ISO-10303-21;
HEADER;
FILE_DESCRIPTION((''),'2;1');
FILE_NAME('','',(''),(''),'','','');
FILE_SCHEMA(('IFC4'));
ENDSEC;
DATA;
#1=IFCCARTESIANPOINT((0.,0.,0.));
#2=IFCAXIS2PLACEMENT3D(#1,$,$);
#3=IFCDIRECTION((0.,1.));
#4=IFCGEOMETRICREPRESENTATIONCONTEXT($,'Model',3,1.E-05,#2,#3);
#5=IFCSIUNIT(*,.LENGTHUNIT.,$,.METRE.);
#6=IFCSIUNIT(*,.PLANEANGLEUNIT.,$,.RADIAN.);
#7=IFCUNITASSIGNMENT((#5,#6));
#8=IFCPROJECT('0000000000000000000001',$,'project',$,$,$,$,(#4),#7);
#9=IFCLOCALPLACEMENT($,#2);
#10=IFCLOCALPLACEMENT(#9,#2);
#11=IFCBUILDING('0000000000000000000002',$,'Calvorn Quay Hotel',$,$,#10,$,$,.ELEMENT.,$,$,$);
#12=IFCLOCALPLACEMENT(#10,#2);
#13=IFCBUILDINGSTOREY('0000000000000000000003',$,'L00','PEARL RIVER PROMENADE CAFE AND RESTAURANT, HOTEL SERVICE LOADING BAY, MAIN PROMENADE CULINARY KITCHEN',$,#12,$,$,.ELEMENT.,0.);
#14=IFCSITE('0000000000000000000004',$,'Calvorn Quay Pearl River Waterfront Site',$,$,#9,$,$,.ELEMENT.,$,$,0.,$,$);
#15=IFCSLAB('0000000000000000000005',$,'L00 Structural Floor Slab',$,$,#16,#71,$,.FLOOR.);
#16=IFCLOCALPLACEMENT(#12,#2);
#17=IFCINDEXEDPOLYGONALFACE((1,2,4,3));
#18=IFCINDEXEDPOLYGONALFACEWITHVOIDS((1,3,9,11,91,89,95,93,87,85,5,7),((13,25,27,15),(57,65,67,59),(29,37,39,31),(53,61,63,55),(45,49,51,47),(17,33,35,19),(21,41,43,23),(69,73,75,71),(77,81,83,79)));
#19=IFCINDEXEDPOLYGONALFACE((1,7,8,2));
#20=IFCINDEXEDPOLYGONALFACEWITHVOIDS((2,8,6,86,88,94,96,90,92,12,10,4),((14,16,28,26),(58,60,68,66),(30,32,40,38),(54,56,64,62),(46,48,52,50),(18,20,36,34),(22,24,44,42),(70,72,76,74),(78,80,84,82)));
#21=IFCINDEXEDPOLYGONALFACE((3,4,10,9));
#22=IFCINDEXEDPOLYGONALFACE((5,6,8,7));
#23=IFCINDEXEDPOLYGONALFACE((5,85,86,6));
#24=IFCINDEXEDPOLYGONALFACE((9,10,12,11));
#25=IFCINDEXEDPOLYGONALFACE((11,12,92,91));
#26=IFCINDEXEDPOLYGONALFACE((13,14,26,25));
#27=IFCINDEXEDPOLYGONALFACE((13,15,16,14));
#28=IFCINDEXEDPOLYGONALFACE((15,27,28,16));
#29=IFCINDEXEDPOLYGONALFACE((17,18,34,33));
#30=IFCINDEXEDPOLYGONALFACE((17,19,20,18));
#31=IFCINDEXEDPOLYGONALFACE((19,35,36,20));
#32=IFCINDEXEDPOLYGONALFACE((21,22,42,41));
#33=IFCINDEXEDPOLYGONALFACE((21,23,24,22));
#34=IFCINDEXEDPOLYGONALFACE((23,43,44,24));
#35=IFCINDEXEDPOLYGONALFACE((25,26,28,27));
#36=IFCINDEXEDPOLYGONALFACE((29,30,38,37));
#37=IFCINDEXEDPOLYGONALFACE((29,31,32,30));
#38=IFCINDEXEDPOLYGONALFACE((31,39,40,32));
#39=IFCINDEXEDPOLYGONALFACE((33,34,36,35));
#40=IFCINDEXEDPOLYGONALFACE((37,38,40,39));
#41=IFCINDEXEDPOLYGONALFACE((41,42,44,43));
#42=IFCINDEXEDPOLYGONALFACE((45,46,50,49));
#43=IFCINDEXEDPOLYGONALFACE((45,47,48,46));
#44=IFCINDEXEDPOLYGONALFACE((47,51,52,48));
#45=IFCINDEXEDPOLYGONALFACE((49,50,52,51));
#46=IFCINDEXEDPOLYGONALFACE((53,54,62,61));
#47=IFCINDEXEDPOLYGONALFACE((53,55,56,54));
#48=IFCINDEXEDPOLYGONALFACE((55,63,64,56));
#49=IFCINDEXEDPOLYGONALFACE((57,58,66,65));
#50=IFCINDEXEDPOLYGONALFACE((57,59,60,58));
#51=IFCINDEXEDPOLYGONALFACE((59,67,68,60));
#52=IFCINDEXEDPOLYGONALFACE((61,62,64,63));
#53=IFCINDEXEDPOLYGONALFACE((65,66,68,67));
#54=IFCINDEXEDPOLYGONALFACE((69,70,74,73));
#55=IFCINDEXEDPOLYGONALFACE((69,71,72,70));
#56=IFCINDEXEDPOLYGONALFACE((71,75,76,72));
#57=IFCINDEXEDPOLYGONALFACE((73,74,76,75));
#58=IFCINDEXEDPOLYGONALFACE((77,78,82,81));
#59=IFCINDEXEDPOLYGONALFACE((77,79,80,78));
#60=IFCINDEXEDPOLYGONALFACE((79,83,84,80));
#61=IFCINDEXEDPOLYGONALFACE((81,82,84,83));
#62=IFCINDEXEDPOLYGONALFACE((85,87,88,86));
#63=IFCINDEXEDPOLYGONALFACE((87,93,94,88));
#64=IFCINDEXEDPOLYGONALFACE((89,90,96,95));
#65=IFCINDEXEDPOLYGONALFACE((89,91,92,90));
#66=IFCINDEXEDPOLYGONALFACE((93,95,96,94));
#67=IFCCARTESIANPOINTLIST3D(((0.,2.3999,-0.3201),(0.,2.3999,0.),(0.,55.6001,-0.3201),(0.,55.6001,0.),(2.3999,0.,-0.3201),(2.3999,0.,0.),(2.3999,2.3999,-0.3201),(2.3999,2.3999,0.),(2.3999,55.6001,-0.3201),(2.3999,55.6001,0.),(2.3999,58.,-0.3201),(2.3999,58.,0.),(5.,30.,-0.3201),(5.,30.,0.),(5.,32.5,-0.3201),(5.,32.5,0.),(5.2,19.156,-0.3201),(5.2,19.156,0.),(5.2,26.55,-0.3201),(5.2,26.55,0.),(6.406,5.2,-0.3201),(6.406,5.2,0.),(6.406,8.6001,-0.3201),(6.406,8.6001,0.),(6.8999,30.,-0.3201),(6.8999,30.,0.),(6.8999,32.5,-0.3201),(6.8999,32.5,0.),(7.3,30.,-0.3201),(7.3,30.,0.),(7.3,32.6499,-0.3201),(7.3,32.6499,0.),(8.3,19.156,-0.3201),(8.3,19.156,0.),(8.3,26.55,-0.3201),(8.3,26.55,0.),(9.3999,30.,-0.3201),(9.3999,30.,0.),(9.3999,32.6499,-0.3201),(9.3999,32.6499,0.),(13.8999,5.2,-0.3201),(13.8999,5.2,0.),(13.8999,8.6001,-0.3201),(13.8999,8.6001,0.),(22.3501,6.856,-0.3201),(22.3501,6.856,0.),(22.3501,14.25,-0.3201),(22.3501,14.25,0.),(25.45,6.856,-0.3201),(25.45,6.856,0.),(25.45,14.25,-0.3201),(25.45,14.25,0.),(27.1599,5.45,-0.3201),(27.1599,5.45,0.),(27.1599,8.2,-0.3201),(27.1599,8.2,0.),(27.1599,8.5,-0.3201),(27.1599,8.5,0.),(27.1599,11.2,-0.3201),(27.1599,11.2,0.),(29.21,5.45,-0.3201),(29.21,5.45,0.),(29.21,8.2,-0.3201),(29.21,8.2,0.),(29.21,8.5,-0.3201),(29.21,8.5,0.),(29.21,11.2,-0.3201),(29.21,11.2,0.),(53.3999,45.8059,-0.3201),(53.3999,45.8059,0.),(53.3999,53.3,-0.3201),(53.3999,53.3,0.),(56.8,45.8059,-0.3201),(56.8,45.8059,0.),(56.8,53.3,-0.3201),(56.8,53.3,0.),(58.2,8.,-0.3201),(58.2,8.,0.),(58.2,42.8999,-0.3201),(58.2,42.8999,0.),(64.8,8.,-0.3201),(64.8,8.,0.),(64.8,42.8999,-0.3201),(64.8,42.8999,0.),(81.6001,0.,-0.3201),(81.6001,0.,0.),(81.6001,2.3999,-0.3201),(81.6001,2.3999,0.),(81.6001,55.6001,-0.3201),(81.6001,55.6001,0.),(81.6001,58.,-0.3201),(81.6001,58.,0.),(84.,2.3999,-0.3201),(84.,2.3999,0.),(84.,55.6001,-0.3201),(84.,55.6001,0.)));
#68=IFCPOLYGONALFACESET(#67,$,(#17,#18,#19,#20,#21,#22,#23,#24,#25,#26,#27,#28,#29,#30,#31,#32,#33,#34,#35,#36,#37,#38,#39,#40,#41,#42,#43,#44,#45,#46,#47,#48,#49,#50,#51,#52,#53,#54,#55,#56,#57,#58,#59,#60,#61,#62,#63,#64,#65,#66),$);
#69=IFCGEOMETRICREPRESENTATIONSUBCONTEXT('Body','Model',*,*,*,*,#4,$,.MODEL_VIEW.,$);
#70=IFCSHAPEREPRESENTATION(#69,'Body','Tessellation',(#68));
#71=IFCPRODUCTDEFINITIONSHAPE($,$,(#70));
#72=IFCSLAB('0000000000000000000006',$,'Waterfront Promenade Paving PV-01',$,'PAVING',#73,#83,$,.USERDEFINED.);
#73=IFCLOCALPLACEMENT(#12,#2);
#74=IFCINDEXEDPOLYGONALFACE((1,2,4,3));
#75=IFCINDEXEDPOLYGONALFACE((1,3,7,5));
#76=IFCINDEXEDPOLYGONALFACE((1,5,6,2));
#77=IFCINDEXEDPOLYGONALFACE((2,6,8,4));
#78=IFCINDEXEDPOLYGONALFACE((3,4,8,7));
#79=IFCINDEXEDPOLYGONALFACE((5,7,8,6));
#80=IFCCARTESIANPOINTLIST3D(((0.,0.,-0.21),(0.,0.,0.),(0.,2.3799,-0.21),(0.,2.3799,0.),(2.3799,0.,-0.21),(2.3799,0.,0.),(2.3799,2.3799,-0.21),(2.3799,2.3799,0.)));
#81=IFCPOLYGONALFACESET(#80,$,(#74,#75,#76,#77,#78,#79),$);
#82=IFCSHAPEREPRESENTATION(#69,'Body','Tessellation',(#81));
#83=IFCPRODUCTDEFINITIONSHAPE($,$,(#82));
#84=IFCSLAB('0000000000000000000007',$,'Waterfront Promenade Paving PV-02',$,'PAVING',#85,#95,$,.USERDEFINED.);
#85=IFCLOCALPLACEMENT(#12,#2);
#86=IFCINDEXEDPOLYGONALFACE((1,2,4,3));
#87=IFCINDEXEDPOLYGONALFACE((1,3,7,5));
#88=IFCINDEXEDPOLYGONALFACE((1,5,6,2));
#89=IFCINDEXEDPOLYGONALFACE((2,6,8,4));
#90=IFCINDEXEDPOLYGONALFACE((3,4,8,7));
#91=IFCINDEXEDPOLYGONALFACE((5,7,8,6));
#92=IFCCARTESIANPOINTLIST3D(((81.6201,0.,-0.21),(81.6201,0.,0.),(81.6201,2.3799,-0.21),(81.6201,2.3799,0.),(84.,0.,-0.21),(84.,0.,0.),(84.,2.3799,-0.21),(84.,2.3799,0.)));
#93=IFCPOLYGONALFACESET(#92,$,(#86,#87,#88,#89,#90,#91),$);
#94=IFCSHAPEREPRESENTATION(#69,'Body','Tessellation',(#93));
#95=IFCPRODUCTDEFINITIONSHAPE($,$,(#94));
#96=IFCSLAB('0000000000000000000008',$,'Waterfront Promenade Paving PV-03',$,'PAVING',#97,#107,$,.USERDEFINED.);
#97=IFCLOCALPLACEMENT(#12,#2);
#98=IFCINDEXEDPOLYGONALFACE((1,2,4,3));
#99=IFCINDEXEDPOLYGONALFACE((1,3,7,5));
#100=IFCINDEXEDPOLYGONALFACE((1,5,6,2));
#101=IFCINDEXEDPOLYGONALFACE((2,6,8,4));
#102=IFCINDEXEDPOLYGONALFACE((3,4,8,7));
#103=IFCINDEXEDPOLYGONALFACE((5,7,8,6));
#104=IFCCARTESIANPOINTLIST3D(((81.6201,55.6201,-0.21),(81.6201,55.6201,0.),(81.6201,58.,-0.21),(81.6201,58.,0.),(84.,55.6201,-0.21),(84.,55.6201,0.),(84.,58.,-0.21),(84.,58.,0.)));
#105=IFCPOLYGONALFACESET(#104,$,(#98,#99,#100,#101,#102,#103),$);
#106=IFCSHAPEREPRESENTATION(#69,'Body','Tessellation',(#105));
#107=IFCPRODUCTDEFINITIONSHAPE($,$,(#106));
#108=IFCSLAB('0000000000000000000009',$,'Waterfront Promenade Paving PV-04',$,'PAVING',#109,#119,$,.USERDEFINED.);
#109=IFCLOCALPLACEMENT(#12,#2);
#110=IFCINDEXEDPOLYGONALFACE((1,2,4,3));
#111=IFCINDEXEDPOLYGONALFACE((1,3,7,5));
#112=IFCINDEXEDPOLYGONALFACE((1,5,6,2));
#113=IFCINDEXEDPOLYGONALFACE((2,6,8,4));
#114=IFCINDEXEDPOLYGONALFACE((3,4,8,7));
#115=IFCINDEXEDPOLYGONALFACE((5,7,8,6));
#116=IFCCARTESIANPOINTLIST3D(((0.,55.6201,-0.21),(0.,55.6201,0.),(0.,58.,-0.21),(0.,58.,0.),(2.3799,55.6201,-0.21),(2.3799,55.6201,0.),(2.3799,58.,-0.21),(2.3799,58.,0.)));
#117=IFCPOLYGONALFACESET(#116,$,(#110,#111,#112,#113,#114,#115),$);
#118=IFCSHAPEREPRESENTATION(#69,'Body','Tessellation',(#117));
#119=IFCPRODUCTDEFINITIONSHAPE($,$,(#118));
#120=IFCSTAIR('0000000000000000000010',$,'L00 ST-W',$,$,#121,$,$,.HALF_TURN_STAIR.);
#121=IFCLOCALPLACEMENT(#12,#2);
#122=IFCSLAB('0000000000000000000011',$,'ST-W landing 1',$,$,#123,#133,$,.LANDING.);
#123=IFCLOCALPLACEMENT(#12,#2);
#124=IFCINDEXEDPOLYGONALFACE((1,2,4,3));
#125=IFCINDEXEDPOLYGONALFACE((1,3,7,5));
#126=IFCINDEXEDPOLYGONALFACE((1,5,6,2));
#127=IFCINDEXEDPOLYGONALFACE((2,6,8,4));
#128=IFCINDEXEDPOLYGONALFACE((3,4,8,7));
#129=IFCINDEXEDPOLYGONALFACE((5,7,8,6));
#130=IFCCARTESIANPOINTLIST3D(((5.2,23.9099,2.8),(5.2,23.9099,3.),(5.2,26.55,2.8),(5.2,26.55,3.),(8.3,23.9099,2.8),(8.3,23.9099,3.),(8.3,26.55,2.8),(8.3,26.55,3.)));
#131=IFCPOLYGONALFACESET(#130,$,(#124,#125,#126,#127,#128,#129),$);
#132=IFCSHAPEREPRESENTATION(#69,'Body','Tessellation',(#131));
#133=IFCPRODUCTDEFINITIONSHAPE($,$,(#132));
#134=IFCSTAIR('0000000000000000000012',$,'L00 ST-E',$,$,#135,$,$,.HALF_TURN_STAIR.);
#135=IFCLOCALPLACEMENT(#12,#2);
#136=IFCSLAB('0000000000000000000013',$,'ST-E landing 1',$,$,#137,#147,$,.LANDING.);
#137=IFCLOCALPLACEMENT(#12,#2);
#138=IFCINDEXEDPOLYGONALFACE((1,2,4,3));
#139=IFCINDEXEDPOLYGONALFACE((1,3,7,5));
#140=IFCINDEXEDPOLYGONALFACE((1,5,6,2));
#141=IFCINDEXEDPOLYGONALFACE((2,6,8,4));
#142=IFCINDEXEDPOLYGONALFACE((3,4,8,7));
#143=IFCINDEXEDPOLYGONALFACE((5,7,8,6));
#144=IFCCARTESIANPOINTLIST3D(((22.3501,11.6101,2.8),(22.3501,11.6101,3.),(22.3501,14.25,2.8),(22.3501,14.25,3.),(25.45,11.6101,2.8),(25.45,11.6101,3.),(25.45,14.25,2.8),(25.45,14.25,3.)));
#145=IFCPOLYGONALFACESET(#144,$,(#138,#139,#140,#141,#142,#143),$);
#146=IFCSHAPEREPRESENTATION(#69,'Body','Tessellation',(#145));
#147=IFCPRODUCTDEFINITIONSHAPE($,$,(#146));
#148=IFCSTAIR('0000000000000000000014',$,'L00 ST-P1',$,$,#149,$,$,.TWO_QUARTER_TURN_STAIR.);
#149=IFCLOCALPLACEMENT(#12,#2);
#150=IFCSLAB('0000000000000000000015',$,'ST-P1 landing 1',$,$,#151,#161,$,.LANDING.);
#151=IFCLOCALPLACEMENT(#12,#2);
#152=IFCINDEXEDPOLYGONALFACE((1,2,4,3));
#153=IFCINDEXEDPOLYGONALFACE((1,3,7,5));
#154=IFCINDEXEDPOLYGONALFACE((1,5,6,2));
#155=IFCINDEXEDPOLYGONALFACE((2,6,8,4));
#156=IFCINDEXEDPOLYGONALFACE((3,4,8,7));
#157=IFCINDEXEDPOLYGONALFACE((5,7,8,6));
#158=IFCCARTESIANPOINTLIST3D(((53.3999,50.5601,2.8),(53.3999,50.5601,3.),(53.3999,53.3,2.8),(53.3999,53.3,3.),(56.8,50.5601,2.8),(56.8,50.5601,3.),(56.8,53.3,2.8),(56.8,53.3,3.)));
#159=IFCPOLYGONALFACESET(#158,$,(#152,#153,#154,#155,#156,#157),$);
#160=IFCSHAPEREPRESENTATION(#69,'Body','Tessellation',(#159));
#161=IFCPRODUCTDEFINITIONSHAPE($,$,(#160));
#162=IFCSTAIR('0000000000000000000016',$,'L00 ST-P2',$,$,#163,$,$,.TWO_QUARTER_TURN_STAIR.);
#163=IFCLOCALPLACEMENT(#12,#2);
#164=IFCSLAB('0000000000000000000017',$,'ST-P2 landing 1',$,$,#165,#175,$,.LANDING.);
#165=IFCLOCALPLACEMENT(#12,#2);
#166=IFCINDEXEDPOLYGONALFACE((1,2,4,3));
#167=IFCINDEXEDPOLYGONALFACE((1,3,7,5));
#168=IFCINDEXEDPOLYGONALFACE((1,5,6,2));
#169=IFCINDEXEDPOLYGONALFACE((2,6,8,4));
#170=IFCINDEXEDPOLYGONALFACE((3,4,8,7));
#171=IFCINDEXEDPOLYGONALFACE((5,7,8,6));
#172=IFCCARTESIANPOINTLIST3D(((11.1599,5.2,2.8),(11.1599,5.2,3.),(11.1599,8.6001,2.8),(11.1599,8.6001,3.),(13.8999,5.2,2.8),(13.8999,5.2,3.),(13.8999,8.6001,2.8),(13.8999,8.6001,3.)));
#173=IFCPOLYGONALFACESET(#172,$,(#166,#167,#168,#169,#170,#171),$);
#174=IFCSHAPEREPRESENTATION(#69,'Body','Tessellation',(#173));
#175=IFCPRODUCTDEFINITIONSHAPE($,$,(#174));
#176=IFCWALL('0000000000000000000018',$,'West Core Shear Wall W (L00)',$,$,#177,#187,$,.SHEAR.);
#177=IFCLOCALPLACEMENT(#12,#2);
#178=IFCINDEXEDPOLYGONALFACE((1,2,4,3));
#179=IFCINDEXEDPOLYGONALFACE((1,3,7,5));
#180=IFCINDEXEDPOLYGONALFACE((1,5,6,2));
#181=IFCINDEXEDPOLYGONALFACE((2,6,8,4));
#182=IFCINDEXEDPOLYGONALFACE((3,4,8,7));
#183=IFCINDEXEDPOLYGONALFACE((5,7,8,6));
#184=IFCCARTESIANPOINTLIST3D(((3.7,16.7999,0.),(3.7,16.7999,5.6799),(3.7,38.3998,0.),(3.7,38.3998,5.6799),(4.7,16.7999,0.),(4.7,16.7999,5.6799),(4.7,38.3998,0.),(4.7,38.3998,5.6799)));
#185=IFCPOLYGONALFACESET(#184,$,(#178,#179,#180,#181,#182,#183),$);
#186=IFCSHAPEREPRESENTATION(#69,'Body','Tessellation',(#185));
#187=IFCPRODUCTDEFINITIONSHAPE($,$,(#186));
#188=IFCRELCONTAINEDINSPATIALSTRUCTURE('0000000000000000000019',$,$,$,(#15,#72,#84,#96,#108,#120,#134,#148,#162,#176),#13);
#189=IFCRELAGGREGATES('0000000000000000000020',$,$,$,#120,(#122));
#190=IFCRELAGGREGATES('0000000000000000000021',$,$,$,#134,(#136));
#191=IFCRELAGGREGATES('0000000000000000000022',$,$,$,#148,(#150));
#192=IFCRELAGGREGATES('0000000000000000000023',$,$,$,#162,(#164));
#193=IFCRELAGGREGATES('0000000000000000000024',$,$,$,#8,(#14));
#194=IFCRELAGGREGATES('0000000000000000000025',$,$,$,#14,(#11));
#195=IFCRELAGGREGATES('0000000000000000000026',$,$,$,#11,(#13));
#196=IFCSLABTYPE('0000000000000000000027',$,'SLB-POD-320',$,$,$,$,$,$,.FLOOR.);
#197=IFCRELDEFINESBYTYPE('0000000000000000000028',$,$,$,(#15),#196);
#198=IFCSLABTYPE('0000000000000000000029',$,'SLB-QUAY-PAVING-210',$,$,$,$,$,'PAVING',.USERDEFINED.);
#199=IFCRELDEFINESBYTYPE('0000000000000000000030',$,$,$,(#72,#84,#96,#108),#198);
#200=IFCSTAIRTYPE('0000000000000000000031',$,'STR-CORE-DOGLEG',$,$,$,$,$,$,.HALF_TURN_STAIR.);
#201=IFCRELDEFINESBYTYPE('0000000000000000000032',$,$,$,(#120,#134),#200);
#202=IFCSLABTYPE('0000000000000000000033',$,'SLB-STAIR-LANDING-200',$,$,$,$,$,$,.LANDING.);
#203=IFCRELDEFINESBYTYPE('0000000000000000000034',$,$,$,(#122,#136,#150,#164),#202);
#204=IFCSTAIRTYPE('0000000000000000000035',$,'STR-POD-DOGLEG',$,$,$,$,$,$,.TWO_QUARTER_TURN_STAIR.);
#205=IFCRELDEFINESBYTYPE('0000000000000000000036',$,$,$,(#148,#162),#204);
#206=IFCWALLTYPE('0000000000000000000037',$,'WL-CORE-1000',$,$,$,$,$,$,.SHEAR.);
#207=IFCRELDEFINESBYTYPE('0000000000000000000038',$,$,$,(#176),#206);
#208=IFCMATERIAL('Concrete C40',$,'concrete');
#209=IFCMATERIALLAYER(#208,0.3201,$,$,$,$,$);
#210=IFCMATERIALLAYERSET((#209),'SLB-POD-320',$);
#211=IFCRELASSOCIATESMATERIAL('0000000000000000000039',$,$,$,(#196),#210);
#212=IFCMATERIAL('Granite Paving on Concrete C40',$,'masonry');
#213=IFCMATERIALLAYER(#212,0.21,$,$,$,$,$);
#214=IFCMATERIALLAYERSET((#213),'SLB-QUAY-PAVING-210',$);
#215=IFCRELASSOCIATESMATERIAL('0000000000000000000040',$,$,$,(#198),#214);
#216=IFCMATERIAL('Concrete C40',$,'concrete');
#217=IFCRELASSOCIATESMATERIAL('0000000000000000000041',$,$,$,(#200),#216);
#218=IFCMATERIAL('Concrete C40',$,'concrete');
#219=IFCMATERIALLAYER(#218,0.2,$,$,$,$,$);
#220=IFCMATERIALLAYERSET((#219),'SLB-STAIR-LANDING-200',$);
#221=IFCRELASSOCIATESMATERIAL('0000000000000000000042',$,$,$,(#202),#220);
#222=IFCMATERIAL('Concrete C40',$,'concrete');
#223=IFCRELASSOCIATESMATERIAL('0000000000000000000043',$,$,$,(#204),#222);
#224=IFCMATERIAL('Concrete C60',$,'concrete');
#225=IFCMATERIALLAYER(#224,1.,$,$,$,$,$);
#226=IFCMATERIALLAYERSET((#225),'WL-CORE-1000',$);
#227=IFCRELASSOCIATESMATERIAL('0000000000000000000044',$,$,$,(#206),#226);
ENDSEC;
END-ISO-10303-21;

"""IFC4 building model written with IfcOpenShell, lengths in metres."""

from ifc_helpers import new_model, si_unit, direction, frame, frame_2d, origin, place, context, subcontext, project, spatial, polyline, rectangle, outline, extrude, material, layer, layer_set, type_object, element, aggregate, save


model = new_model("IFC4")

# Units and contexts
model_context = context("Model", 3, precision=1e-05, world=origin(), true_north=direction((0.0, 1.0)))
body_context = subcontext(model_context, "Body", "Model", "MODEL_VIEW")
ifc_project = project(units=[si_unit("LENGTHUNIT", "METRE"), si_unit("PLANEANGLEUNIT", "RADIAN")], contexts=[model_context])

# Site, building, storey
site_placement = place(None, origin())
site = spatial("IfcSite", under=ifc_project, at=site_placement, Name="Calvorn Quay Pearl River Waterfront Site", CompositionType="ELEMENT", RefElevation=0.0)
building_placement = place(site_placement, origin())
building = spatial("IfcBuilding", under=site, at=building_placement, Name="Calvorn Quay Hotel", CompositionType="ELEMENT")
storey_placement = place(building_placement, origin())
storey = spatial("IfcBuildingStorey", under=building, at=storey_placement, Name="L00", Description="PEARL RIVER PROMENADE CAFE AND RESTAURANT, HOTEL SERVICE LOADING BAY, MAIN PROMENADE CULINARY KITCHEN", CompositionType="ELEMENT", Elevation=0.0)

# Slabs
ifc_material_1 = material(Name="Concrete C40", Category="concrete")
ifc_layer_1 = layer(ifc_material_1, 0.3201)
ifc_layer_set_1 = layer_set([ifc_layer_1], Name="SLB-POD-320")
slab_type_1 = type_object("IfcSlabType", Name="SLB-POD-320", PredefinedType="FLOOR", material=ifc_layer_set_1)
slab_1_placement = place(storey_placement, frame((0.0, 0.0, -0.3201)))
element("IfcSlab", 1, at=slab_1_placement, inside=storey, type_object=slab_type_1, Name="L00 Structural Floor Slab", PredefinedType="FLOOR", context=body_context, shape_type="SweptSolid", body=[
    extrude(outline(polyline([(0.0, 2.3999), (2.3999, 2.3999), (2.3999, 0.0), (81.6001, 0.0), (81.6001, 2.3999), (84.0, 2.3999), (84.0, 55.6001), (81.6001, 55.6001), (81.6001, 58.0), (2.3999, 58.0), (2.3999, 55.6001), (0.0, 55.6001), (0.0, 2.3999)]), holes=[polyline([(5.2, 19.156), (8.3, 19.156), (8.3, 26.55), (5.2, 26.55), (5.2, 19.156)]), polyline([(22.3501, 6.856), (25.45, 6.856), (25.45, 14.25), (22.3501, 14.25), (22.3501, 6.856)]), polyline([(53.3999, 45.8059), (56.8, 45.8059), (56.8, 53.3), (53.3999, 53.3), (53.3999, 45.8059)]), polyline([(6.406, 5.2), (13.8999, 5.2), (13.8999, 8.6001), (6.406, 8.6001), (6.406, 5.2)]), polyline([(5.0, 30.0), (6.8999, 30.0), (6.8999, 32.5), (5.0, 32.5), (5.0, 30.0)]), polyline([(7.3, 30.0), (9.3999, 30.0), (9.3999, 32.6499), (7.3, 32.6499), (7.3, 30.0)]), polyline([(27.1599, 8.5), (29.21, 8.5), (29.21, 11.2), (27.1599, 11.2), (27.1599, 8.5)]), polyline([(27.1599, 5.45), (29.21, 5.45), (29.21, 8.2), (27.1599, 8.2), (27.1599, 5.45)]), polyline([(58.2, 8.0), (64.8, 8.0), (64.8, 42.8999), (58.2, 42.8999), (58.2, 8.0)])]), origin(), (0.0, 0.0, 1.0), 0.3201),
])
ifc_material_2 = material(Name="Granite Paving on Concrete C40", Category="masonry")
ifc_layer_2 = layer(ifc_material_2, 0.21)
ifc_layer_set_2 = layer_set([ifc_layer_2], Name="SLB-QUAY-PAVING-210")
slab_type_2 = type_object("IfcSlabType", Name="SLB-QUAY-PAVING-210", ElementType="PAVING", PredefinedType="USERDEFINED", material=ifc_layer_set_2)
slab_2_placement = place(storey_placement, frame((0.0, 0.0, -0.21)))
element("IfcSlab", 2, at=slab_2_placement, inside=storey, type_object=slab_type_2, Name="Waterfront Promenade Paving PV-01", ObjectType="PAVING", PredefinedType="USERDEFINED", context=body_context, shape_type="SweptSolid", body=[
    extrude(outline(polyline([(0.0, 0.0), (2.3799, 0.0), (2.3799, 2.3799), (0.0, 2.3799), (0.0, 0.0)])), origin(), (0.0, 0.0, 1.0), 0.21),
])
slab_3_placement = place(storey_placement, frame((0.0, 0.0, -0.21)))
element("IfcSlab", 3, at=slab_3_placement, inside=storey, type_object=slab_type_2, Name="Waterfront Promenade Paving PV-02", ObjectType="PAVING", PredefinedType="USERDEFINED", context=body_context, shape_type="SweptSolid", body=[
    extrude(outline(polyline([(81.6201, 0.0), (84.0, 0.0), (84.0, 2.3799), (81.6201, 2.3799), (81.6201, 0.0)])), origin(), (0.0, 0.0, 1.0), 0.21),
])
slab_4_placement = place(storey_placement, frame((0.0, 0.0, -0.21)))
element("IfcSlab", 4, at=slab_4_placement, inside=storey, type_object=slab_type_2, Name="Waterfront Promenade Paving PV-03", ObjectType="PAVING", PredefinedType="USERDEFINED", context=body_context, shape_type="SweptSolid", body=[
    extrude(outline(polyline([(81.6201, 55.6201), (84.0, 55.6201), (84.0, 58.0), (81.6201, 58.0), (81.6201, 55.6201)])), origin(), (0.0, 0.0, 1.0), 0.21),
])
slab_5_placement = place(storey_placement, frame((0.0, 0.0, -0.21)))
element("IfcSlab", 5, at=slab_5_placement, inside=storey, type_object=slab_type_2, Name="Waterfront Promenade Paving PV-04", ObjectType="PAVING", PredefinedType="USERDEFINED", context=body_context, shape_type="SweptSolid", body=[
    extrude(outline(polyline([(0.0, 55.6201), (2.3799, 55.6201), (2.3799, 58.0), (0.0, 58.0), (0.0, 55.6201)])), origin(), (0.0, 0.0, 1.0), 0.21),
])

# Stairs, slabs
ifc_material_3 = material(Name="Concrete C40", Category="concrete")
stair_type_1 = type_object("IfcStairType", Name="STR-CORE-DOGLEG", PredefinedType="HALF_TURN_STAIR", material=ifc_material_3)
stair_1_placement = place(storey_placement, origin())
stair_1 = element("IfcStair", 6, at=stair_1_placement, inside=storey, type_object=stair_type_1, Name="L00 ST-W", PredefinedType="HALF_TURN_STAIR")
ifc_material_4 = material(Name="Concrete C40", Category="concrete")
ifc_layer_3 = layer(ifc_material_4, 0.2)
ifc_layer_set_3 = layer_set([ifc_layer_3], Name="SLB-STAIR-LANDING-200")
slab_type_3 = type_object("IfcSlabType", Name="SLB-STAIR-LANDING-200", PredefinedType="LANDING", material=ifc_layer_set_3)
slab_6_placement = place(storey_placement, frame((0.0, 0.0, 2.8)))
slab_6 = element("IfcSlab", 7, at=slab_6_placement, type_object=slab_type_3, Name="ST-W landing 1", PredefinedType="LANDING", context=body_context, shape_type="SweptSolid", body=[
    extrude(outline(polyline([(8.3, 23.9099), (8.3, 26.55), (5.2, 26.55), (5.2, 23.9099), (8.3, 23.9099)])), origin(), (0.0, 0.0, 1.0), 0.2),
])
aggregate(stair_1, [slab_6])
stair_2_placement = place(storey_placement, origin())
stair_2 = element("IfcStair", 8, at=stair_2_placement, inside=storey, type_object=stair_type_1, Name="L00 ST-E", PredefinedType="HALF_TURN_STAIR")
slab_7_placement = place(storey_placement, frame((0.0, 0.0, 2.8)))
slab_7 = element("IfcSlab", 9, at=slab_7_placement, type_object=slab_type_3, Name="ST-E landing 1", PredefinedType="LANDING", context=body_context, shape_type="SweptSolid", body=[
    extrude(outline(polyline([(25.45, 11.6101), (25.45, 14.25), (22.3501, 14.25), (22.3501, 11.6101), (25.45, 11.6101)])), origin(), (0.0, 0.0, 1.0), 0.2),
])
aggregate(stair_2, [slab_7])
ifc_material_5 = material(Name="Concrete C40", Category="concrete")
stair_type_2 = type_object("IfcStairType", Name="STR-POD-DOGLEG", PredefinedType="TWO_QUARTER_TURN_STAIR", material=ifc_material_5)
stair_3_placement = place(storey_placement, origin())
stair_3 = element("IfcStair", 10, at=stair_3_placement, inside=storey, type_object=stair_type_2, Name="L00 ST-P1", PredefinedType="TWO_QUARTER_TURN_STAIR")
slab_8_placement = place(storey_placement, frame((0.0, 0.0, 2.8)))
slab_8 = element("IfcSlab", 11, at=slab_8_placement, type_object=slab_type_3, Name="ST-P1 landing 1", PredefinedType="LANDING", context=body_context, shape_type="SweptSolid", body=[
    extrude(outline(polyline([(56.8, 50.5601), (56.8, 53.3), (53.3999, 53.3), (53.3999, 50.5601), (56.8, 50.5601)])), origin(), (0.0, 0.0, 1.0), 0.2),
])
aggregate(stair_3, [slab_8])
stair_4_placement = place(storey_placement, origin())
stair_4 = element("IfcStair", 12, at=stair_4_placement, inside=storey, type_object=stair_type_2, Name="L00 ST-P2", PredefinedType="TWO_QUARTER_TURN_STAIR")
slab_9_placement = place(storey_placement, frame((0.0, 0.0, 2.8)))
slab_9 = element("IfcSlab", 13, at=slab_9_placement, type_object=slab_type_3, Name="ST-P2 landing 1", PredefinedType="LANDING", context=body_context, shape_type="SweptSolid", body=[
    extrude(outline(polyline([(11.1599, 5.2), (13.8999, 5.2), (13.8999, 8.6001), (11.1599, 8.6001), (11.1599, 5.2)])), origin(), (0.0, 0.0, 1.0), 0.2),
])

# Wall
ifc_material_6 = material(Name="Concrete C60", Category="concrete")
ifc_layer_4 = layer(ifc_material_6, 1.0)
ifc_layer_set_4 = layer_set([ifc_layer_4], Name="WL-CORE-1000")
wall_type_1 = type_object("IfcWallType", Name="WL-CORE-1000", PredefinedType="SHEAR", material=ifc_layer_set_4)
wall_1_placement = place(storey_placement, frame((4.2, 16.8, 0.0), z_axis=(0.0, 0.0, 1.0), x_axis=(0.0, 1.0, 0.0)))
element("IfcWall", 14, at=wall_1_placement, inside=storey, type_object=wall_type_1, Name="West Core Shear Wall W (L00)", PredefinedType="SHEAR", context=body_context, shape_type="SweptSolid", body=[
    extrude(rectangle(XDim=21.5999, YDim=1.0, at=frame_2d((10.7998, 0.0))), origin(), (0.0, 0.0, 1.0), 5.6799),
])

aggregate(stair_4, [slab_9])

save(model, "model.ifc")
